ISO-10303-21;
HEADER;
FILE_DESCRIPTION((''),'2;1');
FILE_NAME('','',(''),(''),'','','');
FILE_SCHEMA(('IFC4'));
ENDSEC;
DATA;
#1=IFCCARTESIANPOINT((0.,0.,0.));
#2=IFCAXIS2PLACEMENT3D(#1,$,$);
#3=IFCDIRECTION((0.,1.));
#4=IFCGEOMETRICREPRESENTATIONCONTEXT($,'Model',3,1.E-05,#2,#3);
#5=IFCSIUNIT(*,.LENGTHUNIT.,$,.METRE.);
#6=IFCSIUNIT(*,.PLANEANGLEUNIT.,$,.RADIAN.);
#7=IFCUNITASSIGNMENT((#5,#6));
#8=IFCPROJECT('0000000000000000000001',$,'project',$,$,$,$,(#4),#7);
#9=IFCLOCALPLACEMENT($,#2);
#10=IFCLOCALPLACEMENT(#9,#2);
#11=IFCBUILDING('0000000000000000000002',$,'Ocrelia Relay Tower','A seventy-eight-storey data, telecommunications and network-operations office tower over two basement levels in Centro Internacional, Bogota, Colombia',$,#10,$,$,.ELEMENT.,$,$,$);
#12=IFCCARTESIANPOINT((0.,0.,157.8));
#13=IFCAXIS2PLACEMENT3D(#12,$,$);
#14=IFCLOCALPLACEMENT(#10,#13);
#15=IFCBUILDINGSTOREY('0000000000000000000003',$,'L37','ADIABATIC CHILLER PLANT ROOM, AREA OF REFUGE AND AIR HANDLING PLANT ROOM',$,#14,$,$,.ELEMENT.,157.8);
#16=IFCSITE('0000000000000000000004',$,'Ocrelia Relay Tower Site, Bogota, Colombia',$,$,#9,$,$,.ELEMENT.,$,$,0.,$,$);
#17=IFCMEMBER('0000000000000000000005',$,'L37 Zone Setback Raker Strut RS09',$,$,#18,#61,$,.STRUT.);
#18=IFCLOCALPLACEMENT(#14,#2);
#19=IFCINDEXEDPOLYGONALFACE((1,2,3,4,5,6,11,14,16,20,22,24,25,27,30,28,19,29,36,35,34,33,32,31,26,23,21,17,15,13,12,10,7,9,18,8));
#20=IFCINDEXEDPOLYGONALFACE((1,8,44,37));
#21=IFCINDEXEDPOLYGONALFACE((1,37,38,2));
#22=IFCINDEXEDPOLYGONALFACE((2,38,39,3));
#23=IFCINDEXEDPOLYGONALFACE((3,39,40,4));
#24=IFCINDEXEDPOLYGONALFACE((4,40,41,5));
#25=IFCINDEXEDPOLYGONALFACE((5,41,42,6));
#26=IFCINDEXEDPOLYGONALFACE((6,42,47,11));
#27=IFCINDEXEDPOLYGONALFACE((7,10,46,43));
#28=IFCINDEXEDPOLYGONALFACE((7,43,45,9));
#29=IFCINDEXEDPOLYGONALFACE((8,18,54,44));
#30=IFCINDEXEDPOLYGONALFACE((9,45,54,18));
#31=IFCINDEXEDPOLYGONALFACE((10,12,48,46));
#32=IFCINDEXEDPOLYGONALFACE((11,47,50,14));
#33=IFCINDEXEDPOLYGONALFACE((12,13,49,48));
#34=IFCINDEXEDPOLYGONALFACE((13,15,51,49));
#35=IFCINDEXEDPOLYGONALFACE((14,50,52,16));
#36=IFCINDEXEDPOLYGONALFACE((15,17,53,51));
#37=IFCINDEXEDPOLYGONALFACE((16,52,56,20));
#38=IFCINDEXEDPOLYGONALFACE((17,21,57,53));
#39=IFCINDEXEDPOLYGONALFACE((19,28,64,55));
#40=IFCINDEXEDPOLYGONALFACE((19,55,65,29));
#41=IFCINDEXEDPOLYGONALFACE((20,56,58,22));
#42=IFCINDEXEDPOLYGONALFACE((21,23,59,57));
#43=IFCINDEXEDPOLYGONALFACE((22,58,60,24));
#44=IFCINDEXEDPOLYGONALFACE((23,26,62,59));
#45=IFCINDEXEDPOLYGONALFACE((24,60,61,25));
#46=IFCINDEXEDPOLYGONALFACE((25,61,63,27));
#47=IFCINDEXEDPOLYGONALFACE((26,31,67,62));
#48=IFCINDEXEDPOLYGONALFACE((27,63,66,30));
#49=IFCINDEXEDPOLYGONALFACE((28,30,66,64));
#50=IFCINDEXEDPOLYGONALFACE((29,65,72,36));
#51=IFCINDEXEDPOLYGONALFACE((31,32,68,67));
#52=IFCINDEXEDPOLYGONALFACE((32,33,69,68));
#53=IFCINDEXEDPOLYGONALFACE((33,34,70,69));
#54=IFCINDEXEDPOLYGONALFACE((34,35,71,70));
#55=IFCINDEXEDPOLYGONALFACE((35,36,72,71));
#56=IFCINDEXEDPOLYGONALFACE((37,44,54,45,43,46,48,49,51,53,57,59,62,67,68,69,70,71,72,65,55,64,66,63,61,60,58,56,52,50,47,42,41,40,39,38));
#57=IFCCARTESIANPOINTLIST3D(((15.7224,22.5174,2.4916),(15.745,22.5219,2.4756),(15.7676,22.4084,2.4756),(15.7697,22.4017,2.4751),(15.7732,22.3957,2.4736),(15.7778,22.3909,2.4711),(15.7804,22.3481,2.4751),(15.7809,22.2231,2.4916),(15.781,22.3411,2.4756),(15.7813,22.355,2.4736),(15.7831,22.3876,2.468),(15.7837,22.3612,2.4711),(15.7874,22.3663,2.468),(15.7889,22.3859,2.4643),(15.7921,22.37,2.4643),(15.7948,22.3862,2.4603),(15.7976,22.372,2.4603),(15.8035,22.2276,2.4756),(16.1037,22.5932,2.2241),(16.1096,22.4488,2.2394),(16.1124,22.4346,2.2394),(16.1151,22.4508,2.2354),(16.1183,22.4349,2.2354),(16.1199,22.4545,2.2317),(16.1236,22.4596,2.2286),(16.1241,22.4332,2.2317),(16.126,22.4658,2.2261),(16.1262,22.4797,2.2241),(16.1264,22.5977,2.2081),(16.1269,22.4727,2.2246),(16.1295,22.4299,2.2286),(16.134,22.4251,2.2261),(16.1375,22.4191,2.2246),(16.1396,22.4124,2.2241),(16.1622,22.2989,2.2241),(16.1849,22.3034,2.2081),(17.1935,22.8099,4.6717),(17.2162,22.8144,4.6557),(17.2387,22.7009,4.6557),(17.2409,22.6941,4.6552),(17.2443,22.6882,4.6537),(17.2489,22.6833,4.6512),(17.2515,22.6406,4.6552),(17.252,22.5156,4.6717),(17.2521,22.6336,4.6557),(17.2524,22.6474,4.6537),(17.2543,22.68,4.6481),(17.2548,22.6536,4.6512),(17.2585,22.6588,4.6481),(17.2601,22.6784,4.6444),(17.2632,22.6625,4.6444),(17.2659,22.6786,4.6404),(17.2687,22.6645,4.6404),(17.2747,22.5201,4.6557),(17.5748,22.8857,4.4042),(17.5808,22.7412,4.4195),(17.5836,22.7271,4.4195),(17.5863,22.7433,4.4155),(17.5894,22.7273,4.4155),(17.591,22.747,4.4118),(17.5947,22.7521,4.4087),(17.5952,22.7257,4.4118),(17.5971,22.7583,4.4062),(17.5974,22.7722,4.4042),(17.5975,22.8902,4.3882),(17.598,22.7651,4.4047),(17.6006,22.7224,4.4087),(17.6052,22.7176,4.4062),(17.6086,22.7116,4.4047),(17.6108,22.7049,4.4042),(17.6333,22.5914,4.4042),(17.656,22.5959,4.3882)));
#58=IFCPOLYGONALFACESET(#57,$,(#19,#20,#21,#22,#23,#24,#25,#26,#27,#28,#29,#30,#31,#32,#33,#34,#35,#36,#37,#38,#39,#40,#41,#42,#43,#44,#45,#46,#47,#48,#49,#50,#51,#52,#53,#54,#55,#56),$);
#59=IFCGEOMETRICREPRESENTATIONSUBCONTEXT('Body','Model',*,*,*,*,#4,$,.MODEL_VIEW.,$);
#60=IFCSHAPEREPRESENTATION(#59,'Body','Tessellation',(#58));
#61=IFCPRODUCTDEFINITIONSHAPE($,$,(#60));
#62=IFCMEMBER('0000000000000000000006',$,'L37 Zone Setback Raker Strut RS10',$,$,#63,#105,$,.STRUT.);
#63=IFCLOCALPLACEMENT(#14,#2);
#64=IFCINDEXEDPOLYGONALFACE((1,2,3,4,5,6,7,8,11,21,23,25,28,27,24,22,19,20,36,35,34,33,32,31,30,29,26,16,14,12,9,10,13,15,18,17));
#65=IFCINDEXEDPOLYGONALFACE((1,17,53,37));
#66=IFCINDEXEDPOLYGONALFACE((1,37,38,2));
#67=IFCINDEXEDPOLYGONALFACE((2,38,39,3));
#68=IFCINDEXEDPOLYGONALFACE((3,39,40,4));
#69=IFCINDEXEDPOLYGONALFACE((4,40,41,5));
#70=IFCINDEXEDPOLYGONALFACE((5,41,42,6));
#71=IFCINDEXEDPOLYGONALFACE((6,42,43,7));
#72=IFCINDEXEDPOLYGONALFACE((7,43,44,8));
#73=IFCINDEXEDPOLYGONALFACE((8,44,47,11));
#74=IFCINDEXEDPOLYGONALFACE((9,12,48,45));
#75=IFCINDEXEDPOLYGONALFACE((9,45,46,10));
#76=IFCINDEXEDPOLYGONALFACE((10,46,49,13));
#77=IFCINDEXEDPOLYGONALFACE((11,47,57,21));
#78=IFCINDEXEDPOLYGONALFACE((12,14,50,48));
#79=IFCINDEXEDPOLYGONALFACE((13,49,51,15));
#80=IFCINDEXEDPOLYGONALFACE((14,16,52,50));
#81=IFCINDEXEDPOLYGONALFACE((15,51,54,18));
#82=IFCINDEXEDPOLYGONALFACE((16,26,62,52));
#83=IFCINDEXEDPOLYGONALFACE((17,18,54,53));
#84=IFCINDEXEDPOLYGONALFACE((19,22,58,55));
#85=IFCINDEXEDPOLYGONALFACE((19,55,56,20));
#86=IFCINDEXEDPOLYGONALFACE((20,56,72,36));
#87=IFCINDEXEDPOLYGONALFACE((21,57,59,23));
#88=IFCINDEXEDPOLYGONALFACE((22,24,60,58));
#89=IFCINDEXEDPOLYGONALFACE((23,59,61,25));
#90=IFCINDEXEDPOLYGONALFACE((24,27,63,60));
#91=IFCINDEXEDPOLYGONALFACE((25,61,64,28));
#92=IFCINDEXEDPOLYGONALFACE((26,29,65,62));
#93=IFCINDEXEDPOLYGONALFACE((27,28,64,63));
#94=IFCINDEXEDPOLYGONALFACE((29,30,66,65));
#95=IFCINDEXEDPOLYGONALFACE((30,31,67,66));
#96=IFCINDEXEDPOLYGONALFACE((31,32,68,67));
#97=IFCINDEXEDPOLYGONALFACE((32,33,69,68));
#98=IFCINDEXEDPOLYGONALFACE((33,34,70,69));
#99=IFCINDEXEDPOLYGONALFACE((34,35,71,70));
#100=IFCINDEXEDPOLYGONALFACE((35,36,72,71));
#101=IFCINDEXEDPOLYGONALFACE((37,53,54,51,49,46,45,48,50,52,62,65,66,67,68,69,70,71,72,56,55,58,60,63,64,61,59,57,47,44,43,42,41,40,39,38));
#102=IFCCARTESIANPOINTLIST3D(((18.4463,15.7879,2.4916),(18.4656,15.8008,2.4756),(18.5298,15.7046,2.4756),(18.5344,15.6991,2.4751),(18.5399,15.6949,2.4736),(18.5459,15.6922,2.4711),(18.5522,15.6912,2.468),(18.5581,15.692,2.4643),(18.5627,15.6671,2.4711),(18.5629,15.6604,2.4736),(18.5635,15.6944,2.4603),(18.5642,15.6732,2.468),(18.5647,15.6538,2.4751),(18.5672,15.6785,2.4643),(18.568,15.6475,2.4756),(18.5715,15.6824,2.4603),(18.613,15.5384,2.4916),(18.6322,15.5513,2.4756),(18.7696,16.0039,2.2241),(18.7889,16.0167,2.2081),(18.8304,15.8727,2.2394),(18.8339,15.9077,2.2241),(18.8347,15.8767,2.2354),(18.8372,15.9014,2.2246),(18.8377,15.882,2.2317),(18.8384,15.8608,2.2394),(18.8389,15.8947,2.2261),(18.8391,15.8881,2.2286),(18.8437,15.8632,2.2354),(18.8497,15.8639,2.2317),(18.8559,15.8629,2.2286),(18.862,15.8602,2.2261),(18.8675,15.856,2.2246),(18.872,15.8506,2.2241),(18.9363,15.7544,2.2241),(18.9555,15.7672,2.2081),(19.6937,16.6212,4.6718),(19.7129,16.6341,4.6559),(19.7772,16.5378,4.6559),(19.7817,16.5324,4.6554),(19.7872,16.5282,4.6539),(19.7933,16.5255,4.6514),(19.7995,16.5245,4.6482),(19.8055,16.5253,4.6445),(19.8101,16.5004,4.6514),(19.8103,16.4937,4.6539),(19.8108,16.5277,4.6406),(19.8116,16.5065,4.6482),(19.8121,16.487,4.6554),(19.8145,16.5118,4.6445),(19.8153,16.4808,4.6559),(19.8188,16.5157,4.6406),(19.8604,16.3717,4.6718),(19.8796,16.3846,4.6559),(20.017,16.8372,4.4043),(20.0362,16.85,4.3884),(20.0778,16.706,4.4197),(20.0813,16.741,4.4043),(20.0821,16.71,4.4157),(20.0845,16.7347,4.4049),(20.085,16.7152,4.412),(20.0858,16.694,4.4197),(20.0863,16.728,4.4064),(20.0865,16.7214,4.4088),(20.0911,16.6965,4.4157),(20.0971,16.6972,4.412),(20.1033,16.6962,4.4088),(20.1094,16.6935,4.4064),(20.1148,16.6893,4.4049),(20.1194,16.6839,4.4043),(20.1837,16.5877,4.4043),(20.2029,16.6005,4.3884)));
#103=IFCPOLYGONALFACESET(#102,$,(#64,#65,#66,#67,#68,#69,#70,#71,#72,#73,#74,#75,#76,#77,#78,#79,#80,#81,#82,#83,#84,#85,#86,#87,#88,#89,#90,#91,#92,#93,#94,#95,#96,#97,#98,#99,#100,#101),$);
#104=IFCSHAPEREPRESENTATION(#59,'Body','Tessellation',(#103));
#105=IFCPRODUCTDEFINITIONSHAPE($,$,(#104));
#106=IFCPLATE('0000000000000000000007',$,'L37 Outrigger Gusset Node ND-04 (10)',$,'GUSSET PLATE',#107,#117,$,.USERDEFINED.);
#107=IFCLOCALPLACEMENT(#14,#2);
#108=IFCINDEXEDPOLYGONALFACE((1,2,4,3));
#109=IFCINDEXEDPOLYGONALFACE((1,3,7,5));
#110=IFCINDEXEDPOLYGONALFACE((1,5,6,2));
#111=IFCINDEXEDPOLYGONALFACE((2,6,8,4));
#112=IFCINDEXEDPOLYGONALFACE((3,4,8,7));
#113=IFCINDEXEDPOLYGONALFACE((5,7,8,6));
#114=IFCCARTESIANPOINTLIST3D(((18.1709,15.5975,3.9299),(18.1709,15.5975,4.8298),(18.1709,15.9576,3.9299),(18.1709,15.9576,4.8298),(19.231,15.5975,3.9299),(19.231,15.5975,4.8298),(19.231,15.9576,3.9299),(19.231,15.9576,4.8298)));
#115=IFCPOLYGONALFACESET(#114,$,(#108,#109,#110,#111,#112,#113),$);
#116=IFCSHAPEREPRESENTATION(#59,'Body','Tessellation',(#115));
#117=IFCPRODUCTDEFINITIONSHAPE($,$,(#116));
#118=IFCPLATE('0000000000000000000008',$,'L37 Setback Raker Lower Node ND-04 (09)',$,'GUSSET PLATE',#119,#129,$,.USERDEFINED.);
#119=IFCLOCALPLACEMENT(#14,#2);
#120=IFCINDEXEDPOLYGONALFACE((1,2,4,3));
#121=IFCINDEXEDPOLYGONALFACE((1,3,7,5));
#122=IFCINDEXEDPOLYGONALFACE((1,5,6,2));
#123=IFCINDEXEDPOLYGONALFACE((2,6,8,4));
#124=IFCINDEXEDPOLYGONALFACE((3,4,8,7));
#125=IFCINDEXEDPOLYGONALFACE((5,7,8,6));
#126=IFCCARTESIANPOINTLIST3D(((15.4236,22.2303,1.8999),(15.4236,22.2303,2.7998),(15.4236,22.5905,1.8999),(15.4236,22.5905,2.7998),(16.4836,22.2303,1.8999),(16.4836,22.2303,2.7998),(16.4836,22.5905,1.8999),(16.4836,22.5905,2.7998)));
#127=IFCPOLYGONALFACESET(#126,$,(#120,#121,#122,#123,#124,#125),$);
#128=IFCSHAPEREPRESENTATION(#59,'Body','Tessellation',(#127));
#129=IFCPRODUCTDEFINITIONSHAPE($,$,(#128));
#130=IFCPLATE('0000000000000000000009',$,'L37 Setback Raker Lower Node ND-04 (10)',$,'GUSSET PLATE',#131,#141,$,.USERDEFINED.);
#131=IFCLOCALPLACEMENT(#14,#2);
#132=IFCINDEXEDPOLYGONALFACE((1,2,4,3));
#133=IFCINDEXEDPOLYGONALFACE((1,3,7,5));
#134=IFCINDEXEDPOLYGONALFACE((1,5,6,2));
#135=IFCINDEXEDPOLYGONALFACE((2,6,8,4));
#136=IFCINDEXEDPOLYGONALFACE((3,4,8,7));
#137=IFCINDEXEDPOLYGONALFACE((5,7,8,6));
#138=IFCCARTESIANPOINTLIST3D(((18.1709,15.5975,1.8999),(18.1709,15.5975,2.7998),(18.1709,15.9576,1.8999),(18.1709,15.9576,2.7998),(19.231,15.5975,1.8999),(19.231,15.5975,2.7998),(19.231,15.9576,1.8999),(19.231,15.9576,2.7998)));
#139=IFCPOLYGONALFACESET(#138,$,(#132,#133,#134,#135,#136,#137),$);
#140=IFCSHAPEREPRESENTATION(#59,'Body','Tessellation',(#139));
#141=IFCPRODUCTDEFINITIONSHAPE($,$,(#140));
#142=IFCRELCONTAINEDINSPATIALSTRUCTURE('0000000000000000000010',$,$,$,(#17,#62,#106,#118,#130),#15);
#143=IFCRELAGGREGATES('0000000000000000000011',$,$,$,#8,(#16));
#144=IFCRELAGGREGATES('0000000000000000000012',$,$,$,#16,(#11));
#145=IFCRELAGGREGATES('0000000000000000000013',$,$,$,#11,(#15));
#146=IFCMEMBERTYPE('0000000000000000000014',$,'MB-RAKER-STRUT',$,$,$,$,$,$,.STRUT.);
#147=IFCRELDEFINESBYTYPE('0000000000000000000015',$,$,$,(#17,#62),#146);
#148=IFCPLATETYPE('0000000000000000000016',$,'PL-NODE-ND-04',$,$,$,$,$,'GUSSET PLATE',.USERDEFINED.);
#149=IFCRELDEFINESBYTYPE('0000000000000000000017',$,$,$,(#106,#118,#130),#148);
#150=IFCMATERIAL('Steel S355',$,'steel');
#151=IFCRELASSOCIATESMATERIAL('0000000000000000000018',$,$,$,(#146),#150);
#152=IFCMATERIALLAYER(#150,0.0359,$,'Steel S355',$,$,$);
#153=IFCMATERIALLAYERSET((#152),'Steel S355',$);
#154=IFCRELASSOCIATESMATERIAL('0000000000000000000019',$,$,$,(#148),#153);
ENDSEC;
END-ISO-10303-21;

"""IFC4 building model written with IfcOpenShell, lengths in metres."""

from ifc_helpers import new_model, si_unit, direction, frame, origin, origin_2d, place, context, subcontext, project, spatial, rectangle, i_section, extrude, material, layer, layer_set, material_profile, profile_set, type_object, element, save


model = new_model("IFC4")

# Units and contexts
model_context = context("Model", 3, precision=1e-05, world=origin(), true_north=direction((0.0, 1.0)))
body_context = subcontext(model_context, "Body", "Model", "MODEL_VIEW")
ifc_project = project(units=[si_unit("LENGTHUNIT", "METRE"), si_unit("PLANEANGLEUNIT", "RADIAN")], contexts=[model_context])

# Site, building, storey
site_placement = place(None, origin())
site = spatial("IfcSite", under=ifc_project, at=site_placement, Name="Ocrelia Relay Tower Site, Bogota, Colombia", CompositionType="ELEMENT", RefElevation=0.0)
building_placement = place(site_placement, origin())
building = spatial("IfcBuilding", under=site, at=building_placement, Name="Ocrelia Relay Tower", Description="A seventy-eight-storey data, telecommunications and network-operations office tower over two basement levels in Centro Internacional, Bogota, Colombia", CompositionType="ELEMENT")
storey_placement = place(building_placement, frame((0.0, 0.0, 157.8)))
storey = spatial("IfcBuildingStorey", under=building, at=storey_placement, Name="L37", Description="ADIABATIC CHILLER PLANT ROOM, AREA OF REFUGE AND AIR HANDLING PLANT ROOM", CompositionType="ELEMENT", Elevation=157.8)

# Shared definitions
ifc_material_1 = material(Name="Steel S355", Category="steel")

# Members
ifc_material_profile_1 = material_profile(ifc_material_1, i_section(OverallWidth=0.3, OverallDepth=0.5, WebThickness=0.0144, FlangeThickness=0.0281, FilletRadius=0.0271, at=origin_2d()), Name="HEB 500")
ifc_profile_set_1 = profile_set([ifc_material_profile_1], Name="Steel S355")
member_type_1 = type_object("IfcMemberType", Name="MB-RAKER-STRUT", PredefinedType="STRUT", material=ifc_profile_set_1)
member_1_placement = place(storey_placement, frame((15.9536, 22.4104, 2.3499), z_axis=(0.555934, 0.110523, 0.823846), x_axis=(-0.194989, 0.980805, 0.0)))
element("IfcMember", 1, at=member_1_placement, inside=storey, type_object=member_type_1, Name="L37 Zone Setback Raker Strut RS09", PredefinedType="STRUT", context=body_context, shape_type="SweptSolid", body=[
    extrude(i_section(OverallWidth=0.3, OverallDepth=0.5, WebThickness=0.0144, FlangeThickness=0.0281, FilletRadius=0.0271, at=origin_2d()), origin(), (0.0, 0.0, 1.0), 2.6462),
])
member_2_placement = place(storey_placement, frame((18.7009, 15.7776, 2.3499), z_axis=(0.471331, 0.314866, 0.823837), x_axis=(-0.555489, 0.831524, 0.0)))
element("IfcMember", 2, at=member_2_placement, inside=storey, type_object=member_type_1, Name="L37 Zone Setback Raker Strut RS10", PredefinedType="STRUT", context=body_context, shape_type="SweptSolid", body=[
    extrude(i_section(OverallWidth=0.3, OverallDepth=0.5, WebThickness=0.0144, FlangeThickness=0.0281, FilletRadius=0.0271, at=origin_2d()), origin(), (0.0, 0.0, 1.0), 2.6465),
])

# Plates
ifc_layer_1 = layer(ifc_material_1, 0.0359, Name="Steel S355")
ifc_layer_set_1 = layer_set([ifc_layer_1], Name="Steel S355")
plate_type = type_object("IfcPlateType", Name="PL-NODE-ND-04", ElementType="GUSSET PLATE", PredefinedType="USERDEFINED", material=ifc_layer_set_1)
for number, where, z_axis, x_axis, name in (
    (3, (18.7009, 15.7776, 3.9299), (0.0, 0.0, 1.0), (1.0, 0.0, 0.0), "L37 Outrigger Gusset Node ND-04 (10)"),
    (4, (15.9536, 22.4104, 1.8999), (0.0, 0.0, 1.0), (1.0, 0.0, 0.0), "L37 Setback Raker Lower Node ND-04 (09)"),
    (5, (18.7009, 15.7776, 1.8999), (0.0, 0.0, 1.0), (1.0, 0.0, 0.0), "L37 Setback Raker Lower Node ND-04 (10)"),
):
    element("IfcPlate", number, at=place(storey_placement, frame(where, z_axis=z_axis, x_axis=x_axis)), inside=storey, type_object=plate_type, Name=name, ObjectType="GUSSET PLATE", PredefinedType="USERDEFINED", context=body_context, shape_type="SweptSolid", body=[
        extrude(rectangle(XDim=1.0601, YDim=0.3601, at=origin_2d()), origin(), (0.0, 0.0, 1.0), 0.8999),
    ])

save(model, "model.ifc")
